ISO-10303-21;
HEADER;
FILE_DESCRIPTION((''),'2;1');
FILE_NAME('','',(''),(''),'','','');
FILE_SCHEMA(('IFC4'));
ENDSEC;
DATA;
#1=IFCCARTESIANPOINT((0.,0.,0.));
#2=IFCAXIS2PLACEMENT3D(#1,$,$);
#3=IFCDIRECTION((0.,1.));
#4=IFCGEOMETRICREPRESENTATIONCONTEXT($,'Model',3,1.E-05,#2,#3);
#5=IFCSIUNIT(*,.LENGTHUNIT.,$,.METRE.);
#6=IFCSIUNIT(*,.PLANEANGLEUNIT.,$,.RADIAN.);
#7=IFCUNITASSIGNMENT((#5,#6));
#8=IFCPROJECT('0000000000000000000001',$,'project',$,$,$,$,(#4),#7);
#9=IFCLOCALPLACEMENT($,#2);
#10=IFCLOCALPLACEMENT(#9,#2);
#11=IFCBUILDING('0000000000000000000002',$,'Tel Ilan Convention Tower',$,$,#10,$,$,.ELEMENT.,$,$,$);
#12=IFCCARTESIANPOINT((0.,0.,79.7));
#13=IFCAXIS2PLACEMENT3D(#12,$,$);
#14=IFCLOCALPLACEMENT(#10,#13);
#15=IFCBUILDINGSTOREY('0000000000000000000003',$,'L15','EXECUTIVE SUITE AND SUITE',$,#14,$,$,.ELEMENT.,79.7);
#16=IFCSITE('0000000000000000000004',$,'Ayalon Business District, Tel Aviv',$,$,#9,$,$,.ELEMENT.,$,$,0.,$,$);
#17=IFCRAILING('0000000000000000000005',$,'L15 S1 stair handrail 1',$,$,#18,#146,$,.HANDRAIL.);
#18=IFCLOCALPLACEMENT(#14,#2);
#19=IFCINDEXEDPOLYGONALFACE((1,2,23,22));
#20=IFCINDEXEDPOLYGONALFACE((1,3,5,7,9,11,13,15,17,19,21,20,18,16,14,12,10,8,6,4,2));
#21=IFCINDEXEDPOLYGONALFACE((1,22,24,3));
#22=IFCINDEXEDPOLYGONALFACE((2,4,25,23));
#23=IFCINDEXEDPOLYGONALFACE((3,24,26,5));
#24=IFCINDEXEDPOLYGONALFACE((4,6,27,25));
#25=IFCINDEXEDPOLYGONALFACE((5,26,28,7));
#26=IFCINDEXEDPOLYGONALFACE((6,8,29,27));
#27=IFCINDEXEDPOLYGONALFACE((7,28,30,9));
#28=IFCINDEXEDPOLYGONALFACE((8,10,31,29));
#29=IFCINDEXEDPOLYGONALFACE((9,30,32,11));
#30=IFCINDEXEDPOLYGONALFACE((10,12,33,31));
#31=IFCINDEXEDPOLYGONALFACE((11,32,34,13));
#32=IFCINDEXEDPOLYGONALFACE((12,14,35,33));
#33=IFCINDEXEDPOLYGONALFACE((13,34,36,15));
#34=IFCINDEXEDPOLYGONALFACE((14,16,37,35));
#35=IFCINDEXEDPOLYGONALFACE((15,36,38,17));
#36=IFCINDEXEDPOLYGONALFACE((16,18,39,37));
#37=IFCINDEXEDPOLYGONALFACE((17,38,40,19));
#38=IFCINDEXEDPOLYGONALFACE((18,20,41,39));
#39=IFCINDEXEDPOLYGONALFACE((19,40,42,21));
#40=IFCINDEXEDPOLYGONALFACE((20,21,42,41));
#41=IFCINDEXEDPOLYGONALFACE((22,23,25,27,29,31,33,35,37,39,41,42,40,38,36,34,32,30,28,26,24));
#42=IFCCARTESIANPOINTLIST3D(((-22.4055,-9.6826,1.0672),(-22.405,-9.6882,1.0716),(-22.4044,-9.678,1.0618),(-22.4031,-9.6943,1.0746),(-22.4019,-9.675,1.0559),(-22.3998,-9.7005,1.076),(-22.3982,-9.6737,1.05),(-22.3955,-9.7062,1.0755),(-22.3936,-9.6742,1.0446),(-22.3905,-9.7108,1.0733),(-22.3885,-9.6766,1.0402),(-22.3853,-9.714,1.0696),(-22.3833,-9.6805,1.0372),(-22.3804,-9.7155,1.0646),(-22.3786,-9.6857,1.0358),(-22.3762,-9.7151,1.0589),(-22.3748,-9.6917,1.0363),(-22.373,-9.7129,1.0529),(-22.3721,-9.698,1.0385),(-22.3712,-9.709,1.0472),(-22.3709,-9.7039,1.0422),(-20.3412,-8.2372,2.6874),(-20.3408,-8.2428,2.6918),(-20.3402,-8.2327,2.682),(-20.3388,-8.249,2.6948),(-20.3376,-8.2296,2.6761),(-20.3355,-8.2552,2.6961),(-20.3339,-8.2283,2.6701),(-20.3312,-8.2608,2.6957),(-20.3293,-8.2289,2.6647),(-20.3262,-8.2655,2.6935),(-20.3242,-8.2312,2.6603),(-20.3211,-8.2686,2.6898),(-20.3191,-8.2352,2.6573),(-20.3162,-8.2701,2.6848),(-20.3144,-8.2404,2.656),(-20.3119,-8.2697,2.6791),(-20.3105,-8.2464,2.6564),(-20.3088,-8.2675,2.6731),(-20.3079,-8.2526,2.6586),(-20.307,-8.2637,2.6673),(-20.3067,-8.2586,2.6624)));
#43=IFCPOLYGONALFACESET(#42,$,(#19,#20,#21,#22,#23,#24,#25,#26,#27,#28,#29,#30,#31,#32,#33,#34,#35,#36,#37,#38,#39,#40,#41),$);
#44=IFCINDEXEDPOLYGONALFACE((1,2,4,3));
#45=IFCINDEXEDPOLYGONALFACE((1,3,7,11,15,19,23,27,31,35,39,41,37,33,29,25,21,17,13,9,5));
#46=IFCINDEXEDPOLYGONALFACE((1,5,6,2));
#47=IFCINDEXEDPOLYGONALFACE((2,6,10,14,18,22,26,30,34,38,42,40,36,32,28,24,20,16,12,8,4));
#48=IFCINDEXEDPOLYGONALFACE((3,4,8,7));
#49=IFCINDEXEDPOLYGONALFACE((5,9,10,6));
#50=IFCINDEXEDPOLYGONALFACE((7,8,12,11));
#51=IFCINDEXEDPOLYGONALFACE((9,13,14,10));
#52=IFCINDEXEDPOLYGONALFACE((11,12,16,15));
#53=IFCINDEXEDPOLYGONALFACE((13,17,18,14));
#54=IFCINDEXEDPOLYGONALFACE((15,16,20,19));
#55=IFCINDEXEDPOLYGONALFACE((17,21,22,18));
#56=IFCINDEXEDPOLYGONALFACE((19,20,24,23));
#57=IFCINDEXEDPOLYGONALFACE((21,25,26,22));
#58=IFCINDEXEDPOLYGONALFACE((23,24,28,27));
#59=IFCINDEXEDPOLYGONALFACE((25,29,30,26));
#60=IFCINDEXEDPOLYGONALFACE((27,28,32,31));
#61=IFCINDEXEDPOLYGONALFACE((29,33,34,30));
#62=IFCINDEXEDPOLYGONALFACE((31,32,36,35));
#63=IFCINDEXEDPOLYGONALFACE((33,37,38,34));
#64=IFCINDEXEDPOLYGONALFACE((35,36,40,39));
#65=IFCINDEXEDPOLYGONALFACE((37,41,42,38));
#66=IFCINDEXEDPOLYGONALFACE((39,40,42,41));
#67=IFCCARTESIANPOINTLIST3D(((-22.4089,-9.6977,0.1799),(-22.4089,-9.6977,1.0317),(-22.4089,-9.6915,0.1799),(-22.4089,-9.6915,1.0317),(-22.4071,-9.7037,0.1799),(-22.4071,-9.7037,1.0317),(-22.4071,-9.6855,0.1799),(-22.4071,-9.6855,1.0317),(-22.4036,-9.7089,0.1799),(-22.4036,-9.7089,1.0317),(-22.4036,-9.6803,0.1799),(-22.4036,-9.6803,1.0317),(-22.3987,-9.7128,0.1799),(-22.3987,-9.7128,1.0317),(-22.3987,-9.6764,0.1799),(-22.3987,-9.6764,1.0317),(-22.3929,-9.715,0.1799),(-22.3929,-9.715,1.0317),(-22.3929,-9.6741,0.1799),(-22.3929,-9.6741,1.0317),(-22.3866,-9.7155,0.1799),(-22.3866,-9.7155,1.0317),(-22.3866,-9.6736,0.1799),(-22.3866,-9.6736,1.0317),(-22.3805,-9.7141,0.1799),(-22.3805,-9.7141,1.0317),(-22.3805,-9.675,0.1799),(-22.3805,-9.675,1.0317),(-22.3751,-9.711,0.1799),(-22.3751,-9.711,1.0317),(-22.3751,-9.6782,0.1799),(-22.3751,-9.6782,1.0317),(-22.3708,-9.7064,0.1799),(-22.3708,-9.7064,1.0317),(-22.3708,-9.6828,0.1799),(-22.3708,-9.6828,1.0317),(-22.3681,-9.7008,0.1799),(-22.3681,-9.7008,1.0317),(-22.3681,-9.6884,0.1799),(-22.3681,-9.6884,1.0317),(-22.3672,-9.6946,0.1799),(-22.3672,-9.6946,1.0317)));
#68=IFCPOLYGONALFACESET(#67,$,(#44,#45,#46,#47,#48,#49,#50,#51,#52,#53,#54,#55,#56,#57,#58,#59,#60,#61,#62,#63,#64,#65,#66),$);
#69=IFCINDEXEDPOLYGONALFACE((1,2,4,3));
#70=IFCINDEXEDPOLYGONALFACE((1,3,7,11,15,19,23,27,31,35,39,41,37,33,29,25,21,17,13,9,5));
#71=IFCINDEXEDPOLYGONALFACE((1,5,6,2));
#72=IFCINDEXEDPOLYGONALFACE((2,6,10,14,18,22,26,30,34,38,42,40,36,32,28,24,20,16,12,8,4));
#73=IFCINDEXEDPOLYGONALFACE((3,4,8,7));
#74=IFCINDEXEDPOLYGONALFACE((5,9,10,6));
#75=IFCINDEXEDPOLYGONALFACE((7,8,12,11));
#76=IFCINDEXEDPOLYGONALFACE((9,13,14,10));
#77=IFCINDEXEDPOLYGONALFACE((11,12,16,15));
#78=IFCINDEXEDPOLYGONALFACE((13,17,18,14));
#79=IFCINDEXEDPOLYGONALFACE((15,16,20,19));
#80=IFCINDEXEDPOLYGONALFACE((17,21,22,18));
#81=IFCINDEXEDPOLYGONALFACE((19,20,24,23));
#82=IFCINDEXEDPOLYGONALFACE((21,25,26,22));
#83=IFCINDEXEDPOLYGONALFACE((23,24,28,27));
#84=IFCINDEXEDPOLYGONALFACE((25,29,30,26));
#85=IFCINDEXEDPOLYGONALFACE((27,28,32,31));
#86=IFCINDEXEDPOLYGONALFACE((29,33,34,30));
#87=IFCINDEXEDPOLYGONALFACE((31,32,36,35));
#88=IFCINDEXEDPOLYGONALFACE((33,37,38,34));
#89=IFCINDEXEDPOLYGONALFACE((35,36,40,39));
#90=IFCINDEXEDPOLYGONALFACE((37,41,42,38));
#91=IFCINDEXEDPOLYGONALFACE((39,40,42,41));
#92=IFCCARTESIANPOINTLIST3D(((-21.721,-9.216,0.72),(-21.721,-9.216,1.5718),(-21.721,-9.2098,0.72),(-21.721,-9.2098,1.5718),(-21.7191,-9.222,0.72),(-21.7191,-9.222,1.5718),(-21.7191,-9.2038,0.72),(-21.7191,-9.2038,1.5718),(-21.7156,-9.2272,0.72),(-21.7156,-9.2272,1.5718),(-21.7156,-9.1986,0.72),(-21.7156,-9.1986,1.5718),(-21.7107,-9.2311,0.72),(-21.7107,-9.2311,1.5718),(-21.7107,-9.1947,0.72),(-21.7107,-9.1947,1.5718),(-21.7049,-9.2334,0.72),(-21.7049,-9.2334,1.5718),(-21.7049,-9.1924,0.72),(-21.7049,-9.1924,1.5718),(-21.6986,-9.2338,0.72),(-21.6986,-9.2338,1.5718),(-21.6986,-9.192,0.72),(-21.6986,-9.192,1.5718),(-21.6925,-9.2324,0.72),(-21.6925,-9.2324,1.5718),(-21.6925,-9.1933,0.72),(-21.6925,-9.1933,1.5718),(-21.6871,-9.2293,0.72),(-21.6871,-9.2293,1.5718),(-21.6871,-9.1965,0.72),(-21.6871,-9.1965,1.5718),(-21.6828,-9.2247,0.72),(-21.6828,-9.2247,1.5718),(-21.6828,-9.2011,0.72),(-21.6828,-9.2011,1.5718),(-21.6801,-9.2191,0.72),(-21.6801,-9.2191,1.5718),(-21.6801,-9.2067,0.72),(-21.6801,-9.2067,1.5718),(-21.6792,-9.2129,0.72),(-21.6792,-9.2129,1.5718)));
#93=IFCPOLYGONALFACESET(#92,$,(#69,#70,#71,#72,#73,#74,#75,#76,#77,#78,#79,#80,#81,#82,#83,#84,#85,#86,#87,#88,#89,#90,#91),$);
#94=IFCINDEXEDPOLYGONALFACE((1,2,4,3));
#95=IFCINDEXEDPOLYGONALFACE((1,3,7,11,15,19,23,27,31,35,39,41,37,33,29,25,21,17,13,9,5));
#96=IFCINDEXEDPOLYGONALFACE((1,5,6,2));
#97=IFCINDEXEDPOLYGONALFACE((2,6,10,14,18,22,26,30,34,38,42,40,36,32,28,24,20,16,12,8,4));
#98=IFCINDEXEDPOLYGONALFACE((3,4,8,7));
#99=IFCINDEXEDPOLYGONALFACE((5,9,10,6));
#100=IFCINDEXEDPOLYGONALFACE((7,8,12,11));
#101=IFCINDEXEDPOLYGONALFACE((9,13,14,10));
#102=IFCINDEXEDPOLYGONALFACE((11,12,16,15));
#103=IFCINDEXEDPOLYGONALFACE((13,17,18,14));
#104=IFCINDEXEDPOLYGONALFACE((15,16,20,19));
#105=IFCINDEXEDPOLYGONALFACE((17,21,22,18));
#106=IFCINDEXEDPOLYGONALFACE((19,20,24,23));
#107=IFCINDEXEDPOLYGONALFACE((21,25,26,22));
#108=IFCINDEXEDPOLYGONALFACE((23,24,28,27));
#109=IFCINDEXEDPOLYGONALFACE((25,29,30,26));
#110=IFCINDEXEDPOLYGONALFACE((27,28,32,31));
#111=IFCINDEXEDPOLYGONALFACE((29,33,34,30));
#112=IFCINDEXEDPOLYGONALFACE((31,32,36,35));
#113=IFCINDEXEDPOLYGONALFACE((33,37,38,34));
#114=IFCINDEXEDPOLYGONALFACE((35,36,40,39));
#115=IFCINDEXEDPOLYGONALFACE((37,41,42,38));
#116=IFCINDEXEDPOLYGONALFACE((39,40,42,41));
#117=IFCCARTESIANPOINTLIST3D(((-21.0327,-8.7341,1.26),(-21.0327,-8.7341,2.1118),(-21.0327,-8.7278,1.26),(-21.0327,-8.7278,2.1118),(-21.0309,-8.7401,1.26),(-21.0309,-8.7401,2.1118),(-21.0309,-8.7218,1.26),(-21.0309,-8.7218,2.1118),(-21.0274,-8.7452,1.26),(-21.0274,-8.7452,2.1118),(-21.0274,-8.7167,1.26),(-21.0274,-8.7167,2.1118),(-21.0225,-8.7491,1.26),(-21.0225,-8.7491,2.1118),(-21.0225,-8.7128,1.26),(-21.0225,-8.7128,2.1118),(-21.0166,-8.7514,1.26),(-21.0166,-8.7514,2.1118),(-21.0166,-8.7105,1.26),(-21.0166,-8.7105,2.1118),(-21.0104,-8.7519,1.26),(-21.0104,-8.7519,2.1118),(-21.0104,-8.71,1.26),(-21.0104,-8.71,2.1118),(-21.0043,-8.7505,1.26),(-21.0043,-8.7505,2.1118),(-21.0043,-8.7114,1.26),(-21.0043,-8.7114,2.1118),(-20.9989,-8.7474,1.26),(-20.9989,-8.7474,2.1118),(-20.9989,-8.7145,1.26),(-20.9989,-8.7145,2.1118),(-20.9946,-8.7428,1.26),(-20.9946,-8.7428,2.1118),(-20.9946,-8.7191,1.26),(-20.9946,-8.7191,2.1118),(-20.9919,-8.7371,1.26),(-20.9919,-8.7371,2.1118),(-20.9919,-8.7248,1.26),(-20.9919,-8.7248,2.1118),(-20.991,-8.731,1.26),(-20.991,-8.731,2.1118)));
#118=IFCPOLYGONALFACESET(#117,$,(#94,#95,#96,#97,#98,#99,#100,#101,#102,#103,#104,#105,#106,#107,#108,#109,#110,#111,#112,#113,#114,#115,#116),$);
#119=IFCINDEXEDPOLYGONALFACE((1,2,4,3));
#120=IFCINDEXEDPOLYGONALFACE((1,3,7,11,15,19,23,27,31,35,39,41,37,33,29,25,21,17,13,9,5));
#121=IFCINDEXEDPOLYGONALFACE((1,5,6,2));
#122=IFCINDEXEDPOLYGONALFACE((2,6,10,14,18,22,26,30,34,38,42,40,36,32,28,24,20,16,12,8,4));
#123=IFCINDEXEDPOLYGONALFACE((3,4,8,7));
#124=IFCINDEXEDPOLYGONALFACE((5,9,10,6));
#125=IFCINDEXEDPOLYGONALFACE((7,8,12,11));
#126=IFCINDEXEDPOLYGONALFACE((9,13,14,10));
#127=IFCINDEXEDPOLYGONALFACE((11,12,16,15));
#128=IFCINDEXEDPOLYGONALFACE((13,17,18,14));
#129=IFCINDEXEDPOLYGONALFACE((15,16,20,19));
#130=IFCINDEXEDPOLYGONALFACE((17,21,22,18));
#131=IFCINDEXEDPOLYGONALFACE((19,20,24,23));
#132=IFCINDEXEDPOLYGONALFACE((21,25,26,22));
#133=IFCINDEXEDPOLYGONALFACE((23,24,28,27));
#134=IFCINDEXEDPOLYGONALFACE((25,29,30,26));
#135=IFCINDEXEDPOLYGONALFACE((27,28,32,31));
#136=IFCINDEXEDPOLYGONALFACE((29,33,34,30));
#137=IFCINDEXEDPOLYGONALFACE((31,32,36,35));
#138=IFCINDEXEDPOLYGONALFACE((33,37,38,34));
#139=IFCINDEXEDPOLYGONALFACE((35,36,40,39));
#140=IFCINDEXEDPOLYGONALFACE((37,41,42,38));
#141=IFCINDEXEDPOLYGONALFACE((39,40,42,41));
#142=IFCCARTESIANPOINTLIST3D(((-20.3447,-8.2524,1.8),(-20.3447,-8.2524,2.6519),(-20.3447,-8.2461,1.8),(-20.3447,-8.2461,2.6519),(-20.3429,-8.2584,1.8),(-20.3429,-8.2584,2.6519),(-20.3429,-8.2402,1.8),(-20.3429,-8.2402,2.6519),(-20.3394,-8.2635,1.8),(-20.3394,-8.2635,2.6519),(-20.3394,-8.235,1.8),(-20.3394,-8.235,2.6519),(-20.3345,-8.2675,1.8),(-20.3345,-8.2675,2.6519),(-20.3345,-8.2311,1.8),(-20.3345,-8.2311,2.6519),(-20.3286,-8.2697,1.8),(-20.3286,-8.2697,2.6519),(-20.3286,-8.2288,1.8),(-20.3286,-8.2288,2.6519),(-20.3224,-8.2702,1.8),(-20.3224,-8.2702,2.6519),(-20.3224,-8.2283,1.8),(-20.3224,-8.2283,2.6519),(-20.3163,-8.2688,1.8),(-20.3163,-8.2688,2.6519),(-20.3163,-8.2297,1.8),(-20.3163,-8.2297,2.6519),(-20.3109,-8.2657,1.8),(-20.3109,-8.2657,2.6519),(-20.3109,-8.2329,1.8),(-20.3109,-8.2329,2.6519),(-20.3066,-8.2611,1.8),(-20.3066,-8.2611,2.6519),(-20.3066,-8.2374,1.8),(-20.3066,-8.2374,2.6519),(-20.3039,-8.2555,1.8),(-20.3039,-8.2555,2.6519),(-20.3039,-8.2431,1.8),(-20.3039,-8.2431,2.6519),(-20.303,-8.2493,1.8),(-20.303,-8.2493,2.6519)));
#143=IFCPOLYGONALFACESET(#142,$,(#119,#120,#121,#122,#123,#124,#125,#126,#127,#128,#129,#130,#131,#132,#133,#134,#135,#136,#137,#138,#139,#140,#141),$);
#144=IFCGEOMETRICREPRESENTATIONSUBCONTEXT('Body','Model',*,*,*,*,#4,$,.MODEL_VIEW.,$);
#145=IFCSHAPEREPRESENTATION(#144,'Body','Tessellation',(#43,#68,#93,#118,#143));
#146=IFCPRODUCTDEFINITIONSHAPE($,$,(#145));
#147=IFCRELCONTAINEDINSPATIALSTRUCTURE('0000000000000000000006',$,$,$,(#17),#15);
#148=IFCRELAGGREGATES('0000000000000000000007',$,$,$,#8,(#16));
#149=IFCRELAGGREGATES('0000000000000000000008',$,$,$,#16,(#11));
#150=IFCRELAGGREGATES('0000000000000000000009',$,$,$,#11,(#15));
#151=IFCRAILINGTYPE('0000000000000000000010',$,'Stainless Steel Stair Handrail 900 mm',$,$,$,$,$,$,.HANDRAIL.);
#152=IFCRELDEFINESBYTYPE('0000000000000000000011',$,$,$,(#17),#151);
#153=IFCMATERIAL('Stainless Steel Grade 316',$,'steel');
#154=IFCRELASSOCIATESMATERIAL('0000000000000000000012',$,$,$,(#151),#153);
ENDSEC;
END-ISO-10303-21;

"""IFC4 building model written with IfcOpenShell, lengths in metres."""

from ifc_helpers import new_model, si_unit, direction, frame, origin, origin_2d, place, context, subcontext, project, spatial, circle, extrude, material, type_object, element, save


model = new_model("IFC4")

# Units and contexts
model_context = context("Model", 3, precision=1e-05, world=origin(), true_north=direction((0.0, 1.0)))
body_context = subcontext(model_context, "Body", "Model", "MODEL_VIEW")
ifc_project = project(units=[si_unit("LENGTHUNIT", "METRE"), si_unit("PLANEANGLEUNIT", "RADIAN")], contexts=[model_context])

# Site, building, storey
site_placement = place(None, origin())
site = spatial("IfcSite", under=ifc_project, at=site_placement, Name="Ayalon Business District, Tel Aviv", CompositionType="ELEMENT", RefElevation=0.0)
building_placement = place(site_placement, origin())
building = spatial("IfcBuilding", under=site, at=building_placement, Name="Tel Ilan Convention Tower", CompositionType="ELEMENT")
storey_placement = place(building_placement, frame((0.0, 0.0, 79.7)))
storey = spatial("IfcBuildingStorey", under=building, at=storey_placement, Name="L15", Description="EXECUTIVE SUITE AND SUITE", CompositionType="ELEMENT", Elevation=79.7)

# Railing
ifc_material_1 = material(Name="Stainless Steel Grade 316", Category="steel")
railing_type_1 = type_object("IfcRailingType", Name="Stainless Steel Stair Handrail 900 mm", PredefinedType="HANDRAIL", material=ifc_material_1)
railing_1_placement = place(storey_placement, frame((-22.3882, -9.6946, 0.1799)))
element("IfcRailing", 1, at=railing_1_placement, inside=storey, type_object=railing_type_1, Name="L15 S1 stair handrail 1", PredefinedType="HANDRAIL", context=body_context, shape_type="SweptSolid", body=[
    extrude(circle(Radius=0.0239, at=origin_2d()), frame((0.0, 0.0, 0.876), z_axis=(0.68904, 0.48245, 0.540801), x_axis=(-0.57356, 0.819164, 0.0)), (0.0, 0.0, 1.0), 2.9958),
    extrude(circle(Radius=0.021, at=origin_2d()), origin(), (0.0, 0.0, 1.0), 0.8518),
    extrude(circle(Radius=0.021, at=origin_2d()), frame((0.688, 0.4817, 0.54)), (0.0, 0.0, 1.0), 0.8518),
    extrude(circle(Radius=0.021, at=origin_2d()), frame((1.3762, 0.9636, 1.0801)), (0.0, 0.0, 1.0), 0.8518),
    extrude(circle(Radius=0.021, at=origin_2d()), frame((2.0642, 1.4453, 1.6201)), (0.0, 0.0, 1.0), 0.8518),
])

save(model, "model.ifc")
